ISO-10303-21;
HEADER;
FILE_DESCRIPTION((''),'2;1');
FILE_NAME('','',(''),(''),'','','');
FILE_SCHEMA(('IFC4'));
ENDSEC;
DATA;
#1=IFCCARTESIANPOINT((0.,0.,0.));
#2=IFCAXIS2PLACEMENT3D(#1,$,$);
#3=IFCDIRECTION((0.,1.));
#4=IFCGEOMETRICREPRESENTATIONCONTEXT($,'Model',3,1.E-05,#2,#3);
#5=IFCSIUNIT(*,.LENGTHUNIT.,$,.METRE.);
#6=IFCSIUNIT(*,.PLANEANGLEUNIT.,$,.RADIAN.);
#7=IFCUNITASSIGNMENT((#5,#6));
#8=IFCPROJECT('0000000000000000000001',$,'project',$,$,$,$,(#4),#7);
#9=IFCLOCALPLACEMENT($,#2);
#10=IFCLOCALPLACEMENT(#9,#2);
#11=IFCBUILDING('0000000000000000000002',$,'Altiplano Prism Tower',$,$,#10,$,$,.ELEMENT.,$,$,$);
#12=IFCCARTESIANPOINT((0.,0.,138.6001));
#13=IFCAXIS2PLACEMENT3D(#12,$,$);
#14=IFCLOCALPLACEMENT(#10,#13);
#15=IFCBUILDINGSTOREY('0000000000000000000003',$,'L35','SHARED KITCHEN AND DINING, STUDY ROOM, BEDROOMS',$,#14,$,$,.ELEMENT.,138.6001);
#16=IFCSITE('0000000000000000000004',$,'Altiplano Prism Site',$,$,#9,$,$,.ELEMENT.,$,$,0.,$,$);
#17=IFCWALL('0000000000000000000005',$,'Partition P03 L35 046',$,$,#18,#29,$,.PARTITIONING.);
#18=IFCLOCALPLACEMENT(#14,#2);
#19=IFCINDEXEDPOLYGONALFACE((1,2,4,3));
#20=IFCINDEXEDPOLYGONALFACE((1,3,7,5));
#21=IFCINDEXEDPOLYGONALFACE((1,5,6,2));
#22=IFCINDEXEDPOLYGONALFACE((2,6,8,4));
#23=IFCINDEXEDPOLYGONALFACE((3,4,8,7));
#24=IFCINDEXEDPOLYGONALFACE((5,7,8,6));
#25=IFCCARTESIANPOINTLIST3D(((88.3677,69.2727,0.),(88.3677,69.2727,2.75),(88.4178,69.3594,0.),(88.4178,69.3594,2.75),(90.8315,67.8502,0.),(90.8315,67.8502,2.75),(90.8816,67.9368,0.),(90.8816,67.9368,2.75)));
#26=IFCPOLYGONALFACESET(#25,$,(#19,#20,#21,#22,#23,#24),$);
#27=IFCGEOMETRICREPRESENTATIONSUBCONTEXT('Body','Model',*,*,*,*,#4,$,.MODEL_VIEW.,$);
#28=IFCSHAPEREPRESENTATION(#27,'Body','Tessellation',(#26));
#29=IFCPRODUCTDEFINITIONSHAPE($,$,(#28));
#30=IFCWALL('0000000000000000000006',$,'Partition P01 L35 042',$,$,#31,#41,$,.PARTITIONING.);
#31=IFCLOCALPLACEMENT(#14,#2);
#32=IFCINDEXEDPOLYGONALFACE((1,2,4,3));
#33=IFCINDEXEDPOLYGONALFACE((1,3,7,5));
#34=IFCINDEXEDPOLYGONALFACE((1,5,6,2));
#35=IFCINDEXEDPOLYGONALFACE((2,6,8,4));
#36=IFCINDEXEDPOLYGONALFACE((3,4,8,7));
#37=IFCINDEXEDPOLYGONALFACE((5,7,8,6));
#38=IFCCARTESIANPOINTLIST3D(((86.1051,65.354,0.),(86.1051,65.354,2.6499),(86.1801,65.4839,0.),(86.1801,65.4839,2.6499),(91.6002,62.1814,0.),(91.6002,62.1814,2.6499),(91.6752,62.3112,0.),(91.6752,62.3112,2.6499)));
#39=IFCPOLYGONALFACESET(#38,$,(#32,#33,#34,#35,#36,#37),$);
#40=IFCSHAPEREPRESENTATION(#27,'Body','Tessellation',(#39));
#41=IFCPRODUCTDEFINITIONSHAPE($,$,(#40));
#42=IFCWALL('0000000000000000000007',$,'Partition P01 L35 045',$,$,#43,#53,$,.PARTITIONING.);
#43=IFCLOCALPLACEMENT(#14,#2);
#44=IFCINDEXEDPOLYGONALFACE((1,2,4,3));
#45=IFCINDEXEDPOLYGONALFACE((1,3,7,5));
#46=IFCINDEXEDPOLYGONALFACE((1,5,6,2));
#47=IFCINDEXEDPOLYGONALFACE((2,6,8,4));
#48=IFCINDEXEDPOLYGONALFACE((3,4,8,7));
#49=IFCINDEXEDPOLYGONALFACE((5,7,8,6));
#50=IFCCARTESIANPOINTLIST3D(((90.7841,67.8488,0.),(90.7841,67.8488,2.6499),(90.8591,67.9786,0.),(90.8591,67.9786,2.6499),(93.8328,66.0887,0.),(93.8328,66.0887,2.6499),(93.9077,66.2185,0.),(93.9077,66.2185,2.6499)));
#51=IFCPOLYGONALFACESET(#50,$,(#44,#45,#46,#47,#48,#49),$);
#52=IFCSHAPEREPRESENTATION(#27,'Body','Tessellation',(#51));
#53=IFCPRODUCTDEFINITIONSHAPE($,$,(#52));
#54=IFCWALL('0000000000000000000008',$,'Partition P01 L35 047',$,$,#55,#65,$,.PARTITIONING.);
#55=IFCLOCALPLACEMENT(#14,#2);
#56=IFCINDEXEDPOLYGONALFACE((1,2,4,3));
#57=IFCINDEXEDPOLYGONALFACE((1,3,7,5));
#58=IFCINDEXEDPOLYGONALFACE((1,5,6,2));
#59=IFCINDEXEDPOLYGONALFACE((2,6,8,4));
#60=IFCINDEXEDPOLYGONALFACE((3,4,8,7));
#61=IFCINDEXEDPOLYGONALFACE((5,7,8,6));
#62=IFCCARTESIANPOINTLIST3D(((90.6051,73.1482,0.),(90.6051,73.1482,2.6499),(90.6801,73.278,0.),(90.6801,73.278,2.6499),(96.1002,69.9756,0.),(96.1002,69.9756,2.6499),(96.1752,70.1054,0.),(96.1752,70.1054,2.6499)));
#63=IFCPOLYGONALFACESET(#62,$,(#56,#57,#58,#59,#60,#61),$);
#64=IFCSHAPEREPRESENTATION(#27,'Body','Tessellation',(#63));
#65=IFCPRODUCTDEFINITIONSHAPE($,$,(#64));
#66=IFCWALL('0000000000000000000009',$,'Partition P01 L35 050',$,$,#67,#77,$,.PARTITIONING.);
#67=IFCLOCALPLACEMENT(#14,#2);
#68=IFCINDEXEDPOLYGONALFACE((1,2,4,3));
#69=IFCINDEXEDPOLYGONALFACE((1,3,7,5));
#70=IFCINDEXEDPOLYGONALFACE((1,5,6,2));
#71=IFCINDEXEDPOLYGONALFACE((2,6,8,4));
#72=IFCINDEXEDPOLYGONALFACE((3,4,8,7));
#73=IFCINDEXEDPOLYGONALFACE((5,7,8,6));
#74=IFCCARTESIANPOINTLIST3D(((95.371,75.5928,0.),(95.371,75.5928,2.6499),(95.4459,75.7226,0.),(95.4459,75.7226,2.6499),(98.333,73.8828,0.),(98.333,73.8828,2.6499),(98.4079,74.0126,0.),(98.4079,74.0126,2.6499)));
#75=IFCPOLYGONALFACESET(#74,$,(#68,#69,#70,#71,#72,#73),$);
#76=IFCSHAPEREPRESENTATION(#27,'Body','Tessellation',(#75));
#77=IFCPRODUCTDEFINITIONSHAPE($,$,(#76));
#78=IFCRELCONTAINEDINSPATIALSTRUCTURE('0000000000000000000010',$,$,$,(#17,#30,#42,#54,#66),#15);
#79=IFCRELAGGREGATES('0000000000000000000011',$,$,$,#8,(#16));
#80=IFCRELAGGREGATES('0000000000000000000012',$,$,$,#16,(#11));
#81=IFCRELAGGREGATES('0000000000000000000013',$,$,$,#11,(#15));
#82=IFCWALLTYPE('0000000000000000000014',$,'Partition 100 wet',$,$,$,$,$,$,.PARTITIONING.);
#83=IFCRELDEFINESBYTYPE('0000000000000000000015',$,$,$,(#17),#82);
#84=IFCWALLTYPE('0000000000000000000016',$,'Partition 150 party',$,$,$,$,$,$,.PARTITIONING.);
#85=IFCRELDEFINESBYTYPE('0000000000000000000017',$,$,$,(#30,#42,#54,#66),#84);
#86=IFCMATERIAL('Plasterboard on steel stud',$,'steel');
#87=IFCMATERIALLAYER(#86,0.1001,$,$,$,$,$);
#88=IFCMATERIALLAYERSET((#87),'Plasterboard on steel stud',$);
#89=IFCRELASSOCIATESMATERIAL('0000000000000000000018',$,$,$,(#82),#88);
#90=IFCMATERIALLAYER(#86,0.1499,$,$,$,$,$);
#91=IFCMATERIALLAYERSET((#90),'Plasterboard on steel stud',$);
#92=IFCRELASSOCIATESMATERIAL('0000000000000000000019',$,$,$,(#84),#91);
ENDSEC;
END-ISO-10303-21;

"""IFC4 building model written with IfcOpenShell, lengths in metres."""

from ifc_helpers import new_model, si_unit, direction, frame, frame_2d, origin, place, context, subcontext, project, spatial, rectangle, extrude, material, layer, layer_set, type_object, element, save


model = new_model("IFC4")

# Units and contexts
model_context = context("Model", 3, precision=1e-05, world=origin(), true_north=direction((0.0, 1.0)))
body_context = subcontext(model_context, "Body", "Model", "MODEL_VIEW")
ifc_project = project(units=[si_unit("LENGTHUNIT", "METRE"), si_unit("PLANEANGLEUNIT", "RADIAN")], contexts=[model_context])

# Site, building, storey
site_placement = place(None, origin())
site = spatial("IfcSite", under=ifc_project, at=site_placement, Name="Altiplano Prism Site", CompositionType="ELEMENT", RefElevation=0.0)
building_placement = place(site_placement, origin())
building = spatial("IfcBuilding", under=site, at=building_placement, Name="Altiplano Prism Tower", CompositionType="ELEMENT")
storey_placement = place(building_placement, frame((0.0, 0.0, 138.6001)))
storey = spatial("IfcBuildingStorey", under=building, at=storey_placement, Name="L35", Description="SHARED KITCHEN AND DINING, STUDY ROOM, BEDROOMS", CompositionType="ELEMENT", Elevation=138.6001)

# Shared definitions
ifc_material_1 = material(Name="Plasterboard on steel stud", Category="steel")

# Walls
ifc_layer_1 = layer(ifc_material_1, 0.1001)
ifc_layer_set_1 = layer_set([ifc_layer_1], Name="Plasterboard on steel stud")
wall_type_1 = type_object("IfcWallType", Name="Partition 100 wet", PredefinedType="PARTITIONING", material=ifc_layer_set_1)
wall_1_placement = place(storey_placement, frame((90.8564, 67.8936, 0.0), z_axis=(0.0, 0.0, 1.0), x_axis=(-0.866011, 0.500025, 0.0)))
element("IfcWall", 1, at=wall_1_placement, inside=storey, type_object=wall_type_1, Name="Partition P03 L35 046", PredefinedType="PARTITIONING", context=body_context, shape_type="SweptSolid", body=[
    extrude(rectangle(XDim=2.845, YDim=0.1001, at=frame_2d((1.4224, 0.0))), origin(), (0.0, 0.0, 1.0), 2.75),
])
ifc_layer_2 = layer(ifc_material_1, 0.1499)
ifc_layer_set_2 = layer_set([ifc_layer_2], Name="Plasterboard on steel stud")
wall_type_2 = type_object("IfcWallType", Name="Partition 150 party", PredefinedType="PARTITIONING", material=ifc_layer_set_2)
wall_2_placement = place(storey_placement, frame((91.6377, 62.2463, 0.0), z_axis=(0.0, 0.0, 1.0), x_axis=(-0.866025, 0.5, 0.0)))
element("IfcWall", 2, at=wall_2_placement, inside=storey, type_object=wall_type_2, Name="Partition P01 L35 042", PredefinedType="PARTITIONING", context=body_context, shape_type="SweptSolid", body=[
    extrude(rectangle(XDim=6.3452, YDim=0.1499, at=frame_2d((3.1726, 0.0))), origin(), (0.0, 0.0, 1.0), 2.6499),
])
wall_3_placement = place(storey_placement, frame((93.8704, 66.1536, 0.0), z_axis=(0.0, 0.0, 1.0), x_axis=(-0.866037, 0.499981, 0.0)))
element("IfcWall", 3, at=wall_3_placement, inside=storey, type_object=wall_type_2, Name="Partition P01 L35 045", PredefinedType="PARTITIONING", context=body_context, shape_type="SweptSolid", body=[
    extrude(rectangle(XDim=3.5203, YDim=0.1499, at=frame_2d((1.7603, 0.0))), origin(), (0.0, 0.0, 1.0), 2.6499),
])
wall_4_placement = place(storey_placement, frame((96.1377, 70.0405, 0.0), z_axis=(0.0, 0.0, 1.0), x_axis=(-0.866025, 0.5, 0.0)))
element("IfcWall", 4, at=wall_4_placement, inside=storey, type_object=wall_type_2, Name="Partition P01 L35 047", PredefinedType="PARTITIONING", context=body_context, shape_type="SweptSolid", body=[
    extrude(rectangle(XDim=6.3452, YDim=0.1499, at=frame_2d((3.1726, 0.0))), origin(), (0.0, 0.0, 1.0), 2.6499),
])
wall_5_placement = place(storey_placement, frame((98.3704, 73.9478, 0.0), z_axis=(0.0, 0.0, 1.0), x_axis=(-0.866038, 0.499978, 0.0)))
element("IfcWall", 5, at=wall_5_placement, inside=storey, type_object=wall_type_2, Name="Partition P01 L35 050", PredefinedType="PARTITIONING", context=body_context, shape_type="SweptSolid", body=[
    extrude(rectangle(XDim=3.4202, YDim=0.1499, at=frame_2d((1.71, 0.0))), origin(), (0.0, 0.0, 1.0), 2.6499),
])

save(model, "model.ifc")
